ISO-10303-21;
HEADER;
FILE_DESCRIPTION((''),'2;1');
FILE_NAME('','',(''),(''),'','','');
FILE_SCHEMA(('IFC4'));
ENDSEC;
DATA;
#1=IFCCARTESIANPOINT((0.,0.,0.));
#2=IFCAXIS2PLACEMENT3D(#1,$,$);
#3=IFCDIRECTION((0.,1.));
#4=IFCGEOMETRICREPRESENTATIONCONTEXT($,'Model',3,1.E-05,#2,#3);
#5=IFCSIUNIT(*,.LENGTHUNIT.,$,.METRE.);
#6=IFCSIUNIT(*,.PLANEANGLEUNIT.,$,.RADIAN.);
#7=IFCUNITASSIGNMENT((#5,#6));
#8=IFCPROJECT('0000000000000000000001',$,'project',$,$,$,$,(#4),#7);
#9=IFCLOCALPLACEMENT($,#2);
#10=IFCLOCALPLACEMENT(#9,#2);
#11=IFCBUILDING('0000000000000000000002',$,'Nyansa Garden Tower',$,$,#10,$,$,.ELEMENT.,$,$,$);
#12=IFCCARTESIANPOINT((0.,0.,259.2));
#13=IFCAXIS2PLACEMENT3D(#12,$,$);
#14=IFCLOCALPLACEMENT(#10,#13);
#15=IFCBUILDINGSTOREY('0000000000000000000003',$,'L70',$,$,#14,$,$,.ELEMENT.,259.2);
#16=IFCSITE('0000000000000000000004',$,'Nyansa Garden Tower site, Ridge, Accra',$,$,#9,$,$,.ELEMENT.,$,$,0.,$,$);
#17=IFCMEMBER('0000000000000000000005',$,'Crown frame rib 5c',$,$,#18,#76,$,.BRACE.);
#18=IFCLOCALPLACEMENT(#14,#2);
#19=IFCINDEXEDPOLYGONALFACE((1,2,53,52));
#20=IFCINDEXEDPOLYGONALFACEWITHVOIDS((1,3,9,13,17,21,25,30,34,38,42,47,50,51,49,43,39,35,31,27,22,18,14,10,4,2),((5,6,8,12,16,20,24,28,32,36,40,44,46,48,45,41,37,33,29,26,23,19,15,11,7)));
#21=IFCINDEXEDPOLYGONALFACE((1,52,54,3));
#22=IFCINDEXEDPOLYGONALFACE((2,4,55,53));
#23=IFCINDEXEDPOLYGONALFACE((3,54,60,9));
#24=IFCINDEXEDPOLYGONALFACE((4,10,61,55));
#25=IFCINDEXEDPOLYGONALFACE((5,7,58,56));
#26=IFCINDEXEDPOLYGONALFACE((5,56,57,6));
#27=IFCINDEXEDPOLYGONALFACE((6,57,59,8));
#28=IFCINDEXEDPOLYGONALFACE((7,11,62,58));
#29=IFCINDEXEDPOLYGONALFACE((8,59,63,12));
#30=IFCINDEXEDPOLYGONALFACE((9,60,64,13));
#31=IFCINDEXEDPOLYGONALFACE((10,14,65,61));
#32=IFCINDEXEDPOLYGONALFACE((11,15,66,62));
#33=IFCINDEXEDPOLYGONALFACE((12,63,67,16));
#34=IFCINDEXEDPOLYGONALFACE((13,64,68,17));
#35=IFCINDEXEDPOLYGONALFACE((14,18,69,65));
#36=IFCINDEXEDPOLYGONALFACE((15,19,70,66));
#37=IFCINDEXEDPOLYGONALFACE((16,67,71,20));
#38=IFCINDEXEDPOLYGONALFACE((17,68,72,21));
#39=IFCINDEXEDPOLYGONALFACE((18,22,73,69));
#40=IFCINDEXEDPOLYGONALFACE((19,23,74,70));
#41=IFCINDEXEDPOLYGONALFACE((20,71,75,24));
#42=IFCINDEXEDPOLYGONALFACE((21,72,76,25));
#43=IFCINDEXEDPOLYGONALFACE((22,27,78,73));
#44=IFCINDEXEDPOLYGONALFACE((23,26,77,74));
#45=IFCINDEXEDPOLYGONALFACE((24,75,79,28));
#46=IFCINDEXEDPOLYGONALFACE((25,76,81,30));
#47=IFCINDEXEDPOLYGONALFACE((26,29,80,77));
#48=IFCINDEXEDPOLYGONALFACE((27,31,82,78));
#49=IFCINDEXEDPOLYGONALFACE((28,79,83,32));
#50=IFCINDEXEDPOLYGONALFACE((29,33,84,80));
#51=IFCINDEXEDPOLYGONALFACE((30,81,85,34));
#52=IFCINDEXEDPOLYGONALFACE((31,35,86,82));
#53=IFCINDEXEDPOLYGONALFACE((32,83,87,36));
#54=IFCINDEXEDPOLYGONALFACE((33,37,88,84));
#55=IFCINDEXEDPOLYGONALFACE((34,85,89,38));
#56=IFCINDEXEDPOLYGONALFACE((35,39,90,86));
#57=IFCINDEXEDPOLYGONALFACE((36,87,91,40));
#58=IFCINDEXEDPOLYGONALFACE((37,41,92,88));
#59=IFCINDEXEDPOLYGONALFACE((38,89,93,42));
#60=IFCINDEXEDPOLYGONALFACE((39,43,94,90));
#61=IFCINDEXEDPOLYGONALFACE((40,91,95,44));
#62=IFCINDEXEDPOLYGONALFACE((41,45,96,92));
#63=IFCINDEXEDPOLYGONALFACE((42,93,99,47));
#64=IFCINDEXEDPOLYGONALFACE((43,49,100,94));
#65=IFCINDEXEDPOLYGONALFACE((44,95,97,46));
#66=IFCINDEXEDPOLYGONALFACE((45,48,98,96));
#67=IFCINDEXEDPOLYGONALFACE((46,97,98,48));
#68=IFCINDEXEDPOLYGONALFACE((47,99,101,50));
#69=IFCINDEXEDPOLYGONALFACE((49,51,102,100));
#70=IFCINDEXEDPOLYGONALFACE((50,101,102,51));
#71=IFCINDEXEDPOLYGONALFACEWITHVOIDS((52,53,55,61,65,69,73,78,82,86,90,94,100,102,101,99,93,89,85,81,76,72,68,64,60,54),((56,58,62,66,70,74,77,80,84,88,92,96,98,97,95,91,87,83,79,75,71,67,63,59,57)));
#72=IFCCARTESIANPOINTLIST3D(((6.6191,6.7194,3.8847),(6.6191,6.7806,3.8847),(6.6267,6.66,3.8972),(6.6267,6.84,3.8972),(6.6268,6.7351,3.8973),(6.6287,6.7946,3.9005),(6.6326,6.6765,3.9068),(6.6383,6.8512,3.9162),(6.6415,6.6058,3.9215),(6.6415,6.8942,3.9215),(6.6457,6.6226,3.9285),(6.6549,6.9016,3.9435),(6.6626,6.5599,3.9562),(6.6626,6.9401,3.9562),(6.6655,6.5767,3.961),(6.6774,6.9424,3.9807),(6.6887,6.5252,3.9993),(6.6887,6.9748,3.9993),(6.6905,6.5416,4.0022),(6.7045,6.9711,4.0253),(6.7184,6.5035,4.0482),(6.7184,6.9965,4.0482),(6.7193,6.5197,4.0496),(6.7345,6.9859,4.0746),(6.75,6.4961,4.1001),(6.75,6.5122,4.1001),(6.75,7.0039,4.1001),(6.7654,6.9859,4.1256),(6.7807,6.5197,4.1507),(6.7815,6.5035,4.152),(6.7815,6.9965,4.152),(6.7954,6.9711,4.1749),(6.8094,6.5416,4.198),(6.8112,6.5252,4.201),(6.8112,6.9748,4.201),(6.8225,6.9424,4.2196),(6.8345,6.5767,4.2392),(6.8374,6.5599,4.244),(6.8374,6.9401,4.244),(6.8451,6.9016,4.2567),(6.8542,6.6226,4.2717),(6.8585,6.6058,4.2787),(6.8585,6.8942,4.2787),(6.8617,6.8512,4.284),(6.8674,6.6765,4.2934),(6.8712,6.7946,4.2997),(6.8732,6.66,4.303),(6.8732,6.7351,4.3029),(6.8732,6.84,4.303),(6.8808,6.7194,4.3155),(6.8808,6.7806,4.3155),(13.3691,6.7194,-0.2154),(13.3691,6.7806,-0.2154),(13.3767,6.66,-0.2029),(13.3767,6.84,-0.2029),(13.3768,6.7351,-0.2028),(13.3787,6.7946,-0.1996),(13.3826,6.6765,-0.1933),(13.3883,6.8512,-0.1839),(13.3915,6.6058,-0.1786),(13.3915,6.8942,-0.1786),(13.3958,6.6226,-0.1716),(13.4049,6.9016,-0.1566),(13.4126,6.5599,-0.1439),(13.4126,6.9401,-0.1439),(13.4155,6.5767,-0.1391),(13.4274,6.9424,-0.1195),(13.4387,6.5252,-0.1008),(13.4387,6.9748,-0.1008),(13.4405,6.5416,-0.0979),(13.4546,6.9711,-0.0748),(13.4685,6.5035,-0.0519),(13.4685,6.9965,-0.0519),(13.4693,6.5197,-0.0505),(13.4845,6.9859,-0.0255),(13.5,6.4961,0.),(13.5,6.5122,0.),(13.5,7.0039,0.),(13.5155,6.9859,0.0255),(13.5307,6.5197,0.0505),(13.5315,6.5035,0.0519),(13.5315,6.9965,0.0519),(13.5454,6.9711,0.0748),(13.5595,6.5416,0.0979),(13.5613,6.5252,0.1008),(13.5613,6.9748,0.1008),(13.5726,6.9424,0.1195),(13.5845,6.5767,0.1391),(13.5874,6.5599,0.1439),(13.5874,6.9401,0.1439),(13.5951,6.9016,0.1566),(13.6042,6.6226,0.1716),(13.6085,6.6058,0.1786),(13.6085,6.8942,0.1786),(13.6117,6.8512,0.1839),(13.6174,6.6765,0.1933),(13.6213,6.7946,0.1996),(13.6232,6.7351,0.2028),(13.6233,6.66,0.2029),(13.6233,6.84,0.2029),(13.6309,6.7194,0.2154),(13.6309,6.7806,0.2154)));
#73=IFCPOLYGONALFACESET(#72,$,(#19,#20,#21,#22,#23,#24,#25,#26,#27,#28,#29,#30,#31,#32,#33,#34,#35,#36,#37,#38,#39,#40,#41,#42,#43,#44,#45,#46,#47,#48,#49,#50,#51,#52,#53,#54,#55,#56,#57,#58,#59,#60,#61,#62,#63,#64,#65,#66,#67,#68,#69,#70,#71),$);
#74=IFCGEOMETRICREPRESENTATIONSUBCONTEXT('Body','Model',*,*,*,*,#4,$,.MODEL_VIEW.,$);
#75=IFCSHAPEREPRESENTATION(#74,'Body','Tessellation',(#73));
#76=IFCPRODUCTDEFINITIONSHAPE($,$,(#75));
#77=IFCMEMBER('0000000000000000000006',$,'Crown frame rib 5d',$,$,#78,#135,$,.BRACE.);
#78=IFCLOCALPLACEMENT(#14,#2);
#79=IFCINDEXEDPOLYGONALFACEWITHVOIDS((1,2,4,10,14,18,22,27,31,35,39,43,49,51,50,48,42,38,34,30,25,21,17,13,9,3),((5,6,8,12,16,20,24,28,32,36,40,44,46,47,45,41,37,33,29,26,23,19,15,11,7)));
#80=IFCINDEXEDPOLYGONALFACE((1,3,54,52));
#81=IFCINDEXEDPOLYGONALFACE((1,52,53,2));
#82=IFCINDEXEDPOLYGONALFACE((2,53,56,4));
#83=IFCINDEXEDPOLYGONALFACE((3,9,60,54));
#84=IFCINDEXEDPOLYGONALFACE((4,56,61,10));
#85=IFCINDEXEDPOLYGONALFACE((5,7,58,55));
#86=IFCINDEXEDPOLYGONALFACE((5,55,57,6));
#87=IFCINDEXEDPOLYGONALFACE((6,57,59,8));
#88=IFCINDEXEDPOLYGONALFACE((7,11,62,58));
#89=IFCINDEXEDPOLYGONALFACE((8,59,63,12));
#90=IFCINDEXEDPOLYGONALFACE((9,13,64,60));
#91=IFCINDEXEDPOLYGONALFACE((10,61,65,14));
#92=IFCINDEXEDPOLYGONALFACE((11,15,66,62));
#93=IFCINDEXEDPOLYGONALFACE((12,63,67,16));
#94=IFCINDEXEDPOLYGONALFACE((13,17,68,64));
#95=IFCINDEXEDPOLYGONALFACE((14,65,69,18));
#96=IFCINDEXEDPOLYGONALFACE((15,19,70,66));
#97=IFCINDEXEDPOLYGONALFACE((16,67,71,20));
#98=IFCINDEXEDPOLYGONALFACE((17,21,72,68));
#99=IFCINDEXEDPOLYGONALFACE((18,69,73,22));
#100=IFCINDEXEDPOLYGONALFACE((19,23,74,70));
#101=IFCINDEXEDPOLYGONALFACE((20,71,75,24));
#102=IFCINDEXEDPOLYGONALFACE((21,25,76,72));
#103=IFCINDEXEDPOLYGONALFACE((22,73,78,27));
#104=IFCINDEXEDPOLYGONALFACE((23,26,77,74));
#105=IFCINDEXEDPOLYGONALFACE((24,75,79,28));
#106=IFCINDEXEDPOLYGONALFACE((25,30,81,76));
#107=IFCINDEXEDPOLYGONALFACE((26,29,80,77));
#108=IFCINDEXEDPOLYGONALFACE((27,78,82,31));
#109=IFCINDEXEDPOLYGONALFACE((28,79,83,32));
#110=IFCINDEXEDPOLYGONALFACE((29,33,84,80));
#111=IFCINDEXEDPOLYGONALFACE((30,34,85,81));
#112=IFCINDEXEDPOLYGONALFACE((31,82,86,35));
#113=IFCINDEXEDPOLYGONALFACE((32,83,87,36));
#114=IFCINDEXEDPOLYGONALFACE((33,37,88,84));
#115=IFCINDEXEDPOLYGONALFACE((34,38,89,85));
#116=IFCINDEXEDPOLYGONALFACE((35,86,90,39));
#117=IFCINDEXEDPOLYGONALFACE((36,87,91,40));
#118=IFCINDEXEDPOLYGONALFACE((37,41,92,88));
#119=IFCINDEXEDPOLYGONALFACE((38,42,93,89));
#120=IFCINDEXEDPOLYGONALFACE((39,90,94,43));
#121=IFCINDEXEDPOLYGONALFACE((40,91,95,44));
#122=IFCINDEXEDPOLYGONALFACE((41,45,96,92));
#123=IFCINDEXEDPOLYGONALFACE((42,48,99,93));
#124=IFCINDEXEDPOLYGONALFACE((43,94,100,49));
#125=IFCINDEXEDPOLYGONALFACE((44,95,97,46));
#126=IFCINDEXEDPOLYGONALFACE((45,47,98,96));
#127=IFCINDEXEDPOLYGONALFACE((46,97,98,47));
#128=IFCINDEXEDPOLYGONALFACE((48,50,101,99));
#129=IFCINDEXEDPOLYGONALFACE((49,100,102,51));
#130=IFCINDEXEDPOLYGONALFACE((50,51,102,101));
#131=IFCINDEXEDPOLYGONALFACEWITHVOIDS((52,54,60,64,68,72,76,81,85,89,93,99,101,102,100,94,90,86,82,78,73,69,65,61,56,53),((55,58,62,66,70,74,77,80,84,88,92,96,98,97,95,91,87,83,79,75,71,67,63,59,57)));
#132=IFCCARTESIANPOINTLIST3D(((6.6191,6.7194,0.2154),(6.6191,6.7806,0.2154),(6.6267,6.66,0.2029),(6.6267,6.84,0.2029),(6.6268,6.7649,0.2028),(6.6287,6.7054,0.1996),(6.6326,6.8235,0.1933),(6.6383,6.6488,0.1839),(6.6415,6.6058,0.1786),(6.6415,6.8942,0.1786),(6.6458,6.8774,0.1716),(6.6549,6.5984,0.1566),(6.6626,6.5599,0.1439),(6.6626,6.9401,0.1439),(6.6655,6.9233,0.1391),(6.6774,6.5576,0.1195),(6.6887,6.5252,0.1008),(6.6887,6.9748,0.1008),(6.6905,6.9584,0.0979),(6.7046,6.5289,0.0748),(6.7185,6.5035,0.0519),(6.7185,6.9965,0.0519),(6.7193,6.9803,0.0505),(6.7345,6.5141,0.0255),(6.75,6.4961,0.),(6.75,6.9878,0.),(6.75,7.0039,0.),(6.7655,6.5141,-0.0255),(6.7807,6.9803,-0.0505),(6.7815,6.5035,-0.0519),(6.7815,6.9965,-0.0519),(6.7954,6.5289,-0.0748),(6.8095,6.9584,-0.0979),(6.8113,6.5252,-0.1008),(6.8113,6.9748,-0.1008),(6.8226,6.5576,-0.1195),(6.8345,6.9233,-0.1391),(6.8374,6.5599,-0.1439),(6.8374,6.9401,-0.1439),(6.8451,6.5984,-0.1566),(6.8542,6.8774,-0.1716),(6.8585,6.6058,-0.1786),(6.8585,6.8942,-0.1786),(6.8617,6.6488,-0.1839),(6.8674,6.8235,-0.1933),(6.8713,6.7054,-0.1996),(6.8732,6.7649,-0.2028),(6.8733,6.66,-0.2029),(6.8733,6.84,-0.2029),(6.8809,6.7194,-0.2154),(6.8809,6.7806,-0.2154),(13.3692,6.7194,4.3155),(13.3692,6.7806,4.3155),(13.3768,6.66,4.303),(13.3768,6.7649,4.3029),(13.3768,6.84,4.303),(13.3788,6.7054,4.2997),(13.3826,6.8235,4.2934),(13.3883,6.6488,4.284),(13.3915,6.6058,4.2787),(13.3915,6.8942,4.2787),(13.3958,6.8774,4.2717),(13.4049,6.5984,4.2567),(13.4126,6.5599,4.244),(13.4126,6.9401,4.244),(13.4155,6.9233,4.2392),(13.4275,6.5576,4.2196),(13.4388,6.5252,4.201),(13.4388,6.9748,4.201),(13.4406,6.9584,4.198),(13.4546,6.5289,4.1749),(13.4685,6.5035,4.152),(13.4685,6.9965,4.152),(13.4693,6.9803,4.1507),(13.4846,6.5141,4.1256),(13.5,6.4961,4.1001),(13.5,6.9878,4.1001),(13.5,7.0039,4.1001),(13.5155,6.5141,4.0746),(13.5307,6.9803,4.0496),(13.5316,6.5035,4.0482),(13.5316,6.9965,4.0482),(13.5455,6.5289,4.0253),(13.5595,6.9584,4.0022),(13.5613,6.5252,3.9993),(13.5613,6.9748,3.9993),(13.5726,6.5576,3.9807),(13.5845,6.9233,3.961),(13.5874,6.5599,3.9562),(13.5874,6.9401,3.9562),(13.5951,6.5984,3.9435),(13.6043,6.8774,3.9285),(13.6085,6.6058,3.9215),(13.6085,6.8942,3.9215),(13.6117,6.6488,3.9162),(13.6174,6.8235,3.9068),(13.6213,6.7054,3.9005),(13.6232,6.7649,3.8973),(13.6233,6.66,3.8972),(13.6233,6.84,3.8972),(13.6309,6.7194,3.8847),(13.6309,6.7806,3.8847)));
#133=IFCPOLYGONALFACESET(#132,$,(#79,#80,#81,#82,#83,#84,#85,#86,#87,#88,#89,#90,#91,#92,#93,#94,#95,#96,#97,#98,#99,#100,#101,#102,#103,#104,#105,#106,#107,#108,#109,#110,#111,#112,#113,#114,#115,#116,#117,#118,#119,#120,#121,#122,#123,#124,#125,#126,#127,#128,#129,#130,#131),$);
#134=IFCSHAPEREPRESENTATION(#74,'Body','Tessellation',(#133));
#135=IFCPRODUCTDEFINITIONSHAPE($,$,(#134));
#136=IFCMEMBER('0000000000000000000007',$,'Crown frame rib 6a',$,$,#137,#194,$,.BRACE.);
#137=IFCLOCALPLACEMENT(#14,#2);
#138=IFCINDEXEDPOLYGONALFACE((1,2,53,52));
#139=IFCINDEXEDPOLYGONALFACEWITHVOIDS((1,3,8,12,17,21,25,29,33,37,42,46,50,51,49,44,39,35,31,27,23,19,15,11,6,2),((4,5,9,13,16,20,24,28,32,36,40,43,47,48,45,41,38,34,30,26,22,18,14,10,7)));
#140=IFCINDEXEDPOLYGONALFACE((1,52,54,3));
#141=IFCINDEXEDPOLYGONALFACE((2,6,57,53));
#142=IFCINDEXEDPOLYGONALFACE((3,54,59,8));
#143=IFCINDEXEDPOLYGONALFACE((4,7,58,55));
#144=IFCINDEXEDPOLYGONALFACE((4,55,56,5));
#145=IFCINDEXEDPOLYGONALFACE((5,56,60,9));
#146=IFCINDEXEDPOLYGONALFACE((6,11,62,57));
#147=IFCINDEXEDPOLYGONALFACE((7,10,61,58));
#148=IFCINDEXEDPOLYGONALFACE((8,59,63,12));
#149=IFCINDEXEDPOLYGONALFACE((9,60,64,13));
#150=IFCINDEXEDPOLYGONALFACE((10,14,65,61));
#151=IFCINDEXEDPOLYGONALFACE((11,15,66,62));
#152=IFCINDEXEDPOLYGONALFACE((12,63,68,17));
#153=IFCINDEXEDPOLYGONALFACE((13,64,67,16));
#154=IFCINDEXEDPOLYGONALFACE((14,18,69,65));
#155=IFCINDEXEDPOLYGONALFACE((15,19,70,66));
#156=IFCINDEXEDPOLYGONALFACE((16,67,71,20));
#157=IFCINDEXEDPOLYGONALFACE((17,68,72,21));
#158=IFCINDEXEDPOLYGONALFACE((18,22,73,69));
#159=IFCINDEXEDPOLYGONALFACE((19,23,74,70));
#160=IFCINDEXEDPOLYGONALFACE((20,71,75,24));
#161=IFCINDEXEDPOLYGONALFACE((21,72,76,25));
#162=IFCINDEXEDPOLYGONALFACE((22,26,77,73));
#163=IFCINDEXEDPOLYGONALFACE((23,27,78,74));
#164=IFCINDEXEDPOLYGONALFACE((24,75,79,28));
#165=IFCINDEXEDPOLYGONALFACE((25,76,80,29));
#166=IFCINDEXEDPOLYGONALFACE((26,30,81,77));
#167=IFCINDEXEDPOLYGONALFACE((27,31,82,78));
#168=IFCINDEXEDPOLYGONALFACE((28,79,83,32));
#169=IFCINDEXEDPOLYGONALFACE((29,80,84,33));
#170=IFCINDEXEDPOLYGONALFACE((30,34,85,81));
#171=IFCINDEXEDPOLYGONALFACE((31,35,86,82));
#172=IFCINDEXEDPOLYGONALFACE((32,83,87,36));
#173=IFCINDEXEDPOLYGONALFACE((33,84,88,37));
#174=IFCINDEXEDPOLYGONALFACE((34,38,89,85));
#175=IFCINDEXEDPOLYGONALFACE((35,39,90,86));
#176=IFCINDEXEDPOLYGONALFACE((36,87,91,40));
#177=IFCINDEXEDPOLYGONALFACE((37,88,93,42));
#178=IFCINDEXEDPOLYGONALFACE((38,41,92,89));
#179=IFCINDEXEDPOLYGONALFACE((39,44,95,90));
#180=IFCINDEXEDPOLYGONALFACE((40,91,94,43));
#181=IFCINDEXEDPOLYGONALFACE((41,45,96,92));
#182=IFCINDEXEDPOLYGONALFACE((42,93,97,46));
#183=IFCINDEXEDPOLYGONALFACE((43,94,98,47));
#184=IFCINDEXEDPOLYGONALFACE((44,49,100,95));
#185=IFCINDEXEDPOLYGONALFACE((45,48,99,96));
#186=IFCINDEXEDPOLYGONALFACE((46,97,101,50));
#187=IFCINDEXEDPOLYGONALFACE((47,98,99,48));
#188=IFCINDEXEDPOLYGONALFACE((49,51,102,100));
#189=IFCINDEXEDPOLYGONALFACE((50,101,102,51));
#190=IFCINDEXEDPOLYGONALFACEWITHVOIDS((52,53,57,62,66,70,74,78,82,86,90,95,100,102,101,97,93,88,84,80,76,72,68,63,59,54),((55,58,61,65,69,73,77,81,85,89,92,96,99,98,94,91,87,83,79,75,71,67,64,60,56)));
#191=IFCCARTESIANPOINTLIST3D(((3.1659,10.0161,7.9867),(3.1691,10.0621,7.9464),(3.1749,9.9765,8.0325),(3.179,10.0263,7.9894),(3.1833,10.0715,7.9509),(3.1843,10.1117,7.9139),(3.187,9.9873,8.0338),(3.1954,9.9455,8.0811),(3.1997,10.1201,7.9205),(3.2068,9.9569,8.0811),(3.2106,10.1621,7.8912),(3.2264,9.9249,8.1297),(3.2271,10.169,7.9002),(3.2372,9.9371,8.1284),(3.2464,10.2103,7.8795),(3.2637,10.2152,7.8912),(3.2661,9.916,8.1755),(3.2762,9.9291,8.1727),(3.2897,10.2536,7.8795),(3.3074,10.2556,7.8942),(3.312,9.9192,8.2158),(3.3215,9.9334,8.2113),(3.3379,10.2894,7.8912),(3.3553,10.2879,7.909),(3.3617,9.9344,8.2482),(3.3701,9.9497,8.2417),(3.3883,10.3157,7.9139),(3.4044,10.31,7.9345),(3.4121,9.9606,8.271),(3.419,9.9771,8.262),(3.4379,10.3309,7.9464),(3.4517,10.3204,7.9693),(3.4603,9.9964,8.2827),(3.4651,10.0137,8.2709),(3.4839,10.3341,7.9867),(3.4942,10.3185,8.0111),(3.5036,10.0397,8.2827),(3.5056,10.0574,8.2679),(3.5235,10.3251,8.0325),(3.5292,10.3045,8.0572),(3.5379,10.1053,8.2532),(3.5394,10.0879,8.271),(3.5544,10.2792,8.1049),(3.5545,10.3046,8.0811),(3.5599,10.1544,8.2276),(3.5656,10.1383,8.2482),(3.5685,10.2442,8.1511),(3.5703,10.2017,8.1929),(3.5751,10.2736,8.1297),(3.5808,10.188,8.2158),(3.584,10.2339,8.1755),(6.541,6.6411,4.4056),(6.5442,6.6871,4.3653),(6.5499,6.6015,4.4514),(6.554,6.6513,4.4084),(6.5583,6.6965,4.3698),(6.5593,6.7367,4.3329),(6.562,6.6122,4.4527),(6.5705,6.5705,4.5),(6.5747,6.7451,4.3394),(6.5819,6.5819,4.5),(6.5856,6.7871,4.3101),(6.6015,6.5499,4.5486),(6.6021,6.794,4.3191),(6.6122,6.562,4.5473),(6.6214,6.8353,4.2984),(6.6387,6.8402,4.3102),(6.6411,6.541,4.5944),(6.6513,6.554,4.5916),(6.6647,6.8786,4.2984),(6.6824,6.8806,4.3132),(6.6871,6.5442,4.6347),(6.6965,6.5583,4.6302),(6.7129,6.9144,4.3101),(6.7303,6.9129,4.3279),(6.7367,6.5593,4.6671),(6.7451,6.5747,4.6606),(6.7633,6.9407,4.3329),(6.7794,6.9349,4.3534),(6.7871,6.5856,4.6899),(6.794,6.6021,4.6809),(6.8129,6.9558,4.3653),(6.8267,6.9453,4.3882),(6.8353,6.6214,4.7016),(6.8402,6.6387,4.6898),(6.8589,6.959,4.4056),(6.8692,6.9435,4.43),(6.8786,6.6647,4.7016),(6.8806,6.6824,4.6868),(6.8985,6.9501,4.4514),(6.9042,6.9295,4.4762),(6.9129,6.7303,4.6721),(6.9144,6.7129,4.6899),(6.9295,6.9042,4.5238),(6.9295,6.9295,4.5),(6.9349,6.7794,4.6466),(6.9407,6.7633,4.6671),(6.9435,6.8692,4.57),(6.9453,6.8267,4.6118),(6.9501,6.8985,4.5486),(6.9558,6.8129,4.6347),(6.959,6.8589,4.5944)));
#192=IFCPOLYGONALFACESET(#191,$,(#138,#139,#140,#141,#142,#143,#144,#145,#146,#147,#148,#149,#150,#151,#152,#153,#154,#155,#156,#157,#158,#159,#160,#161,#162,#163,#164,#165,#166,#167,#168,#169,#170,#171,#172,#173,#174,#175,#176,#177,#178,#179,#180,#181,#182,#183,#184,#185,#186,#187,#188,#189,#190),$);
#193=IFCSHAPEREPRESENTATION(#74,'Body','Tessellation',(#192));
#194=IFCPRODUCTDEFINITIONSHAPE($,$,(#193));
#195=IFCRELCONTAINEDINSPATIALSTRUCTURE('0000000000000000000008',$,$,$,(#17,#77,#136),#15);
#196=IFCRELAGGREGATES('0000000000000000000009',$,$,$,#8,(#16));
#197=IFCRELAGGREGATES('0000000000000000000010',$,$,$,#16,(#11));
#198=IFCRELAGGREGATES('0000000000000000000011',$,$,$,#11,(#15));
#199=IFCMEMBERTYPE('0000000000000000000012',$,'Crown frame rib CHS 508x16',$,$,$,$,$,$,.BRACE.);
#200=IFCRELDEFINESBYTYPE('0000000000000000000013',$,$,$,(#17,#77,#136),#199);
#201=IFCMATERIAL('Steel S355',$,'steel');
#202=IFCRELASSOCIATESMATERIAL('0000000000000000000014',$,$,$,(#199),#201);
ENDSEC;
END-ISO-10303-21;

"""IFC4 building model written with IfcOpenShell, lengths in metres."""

from ifc_helpers import new_model, si_unit, direction, frame, origin, origin_2d, place, context, subcontext, project, spatial, hollow_circle, extrude, material, material_profile, profile_set, type_object, element, save


model = new_model("IFC4")

# Units and contexts
model_context = context("Model", 3, precision=1e-05, world=origin(), true_north=direction((0.0, 1.0)))
body_context = subcontext(model_context, "Body", "Model", "MODEL_VIEW")
ifc_project = project(units=[si_unit("LENGTHUNIT", "METRE"), si_unit("PLANEANGLEUNIT", "RADIAN")], contexts=[model_context])

# Site, building, storey
site_placement = place(None, origin())
site = spatial("IfcSite", under=ifc_project, at=site_placement, Name="Nyansa Garden Tower site, Ridge, Accra", CompositionType="ELEMENT", RefElevation=0.0)
building_placement = place(site_placement, origin())
building = spatial("IfcBuilding", under=site, at=building_placement, Name="Nyansa Garden Tower", CompositionType="ELEMENT")
storey_placement = place(building_placement, frame((0.0, 0.0, 259.2)))
storey = spatial("IfcBuildingStorey", under=building, at=storey_placement, Name="L70", CompositionType="ELEMENT", Elevation=259.2)

# Members
ifc_material_1 = material(Name="Steel S355", Category="steel")
ifc_material_profile_1 = material_profile(ifc_material_1, hollow_circle(Radius=0.2539, WallThickness=0.0161, at=origin_2d()), Name="CHS 508x16")
ifc_profile_set_1 = profile_set([ifc_material_profile_1], Name="Steel S355")
member_type = type_object("IfcMemberType", Name="Crown frame rib CHS 508x16", PredefinedType="BRACE", material=ifc_profile_set_1)
for number, where, z_axis, x_axis, name in (
    (1, (13.5, 6.75, 0.0), (-0.854682, 0.0, 0.519152), (0.0, -1.0, 0.0), "Crown frame rib 5c"),
    (2, (6.75, 6.75, 0.0), (0.854682, 0.0, 0.519152), (0.0, 1.0, 0.0), "Crown frame rib 5d"),
):
    element("IfcMember", number, at=place(storey_placement, frame(where, z_axis=z_axis, x_axis=x_axis)), inside=storey, type_object=member_type, Name=name, PredefinedType="BRACE", context=body_context, shape_type="SweptSolid", body=[
        extrude(hollow_circle(Radius=0.2539, WallThickness=0.0161, at=origin_2d()), origin(), (0.0, 0.0, 1.0), 7.8977),
    ])
for number, where, z_axis, x_axis, name in (
    (3, (6.75, 6.75, 4.5), (-0.56561, 0.56561, 0.600142), (-0.707107, -0.707107, 0.0), "Crown frame rib 6a"),
):
    element("IfcMember", number, at=place(storey_placement, frame(where, z_axis=z_axis, x_axis=x_axis)), inside=storey, type_object=member_type, Name=name, PredefinedType="BRACE", context=body_context, shape_type="SweptSolid", body=[
        extrude(hollow_circle(Radius=0.2539, WallThickness=0.0161, at=origin_2d()), origin(), (0.0, 0.0, 1.0), 5.967),
    ])

save(model, "model.ifc")
